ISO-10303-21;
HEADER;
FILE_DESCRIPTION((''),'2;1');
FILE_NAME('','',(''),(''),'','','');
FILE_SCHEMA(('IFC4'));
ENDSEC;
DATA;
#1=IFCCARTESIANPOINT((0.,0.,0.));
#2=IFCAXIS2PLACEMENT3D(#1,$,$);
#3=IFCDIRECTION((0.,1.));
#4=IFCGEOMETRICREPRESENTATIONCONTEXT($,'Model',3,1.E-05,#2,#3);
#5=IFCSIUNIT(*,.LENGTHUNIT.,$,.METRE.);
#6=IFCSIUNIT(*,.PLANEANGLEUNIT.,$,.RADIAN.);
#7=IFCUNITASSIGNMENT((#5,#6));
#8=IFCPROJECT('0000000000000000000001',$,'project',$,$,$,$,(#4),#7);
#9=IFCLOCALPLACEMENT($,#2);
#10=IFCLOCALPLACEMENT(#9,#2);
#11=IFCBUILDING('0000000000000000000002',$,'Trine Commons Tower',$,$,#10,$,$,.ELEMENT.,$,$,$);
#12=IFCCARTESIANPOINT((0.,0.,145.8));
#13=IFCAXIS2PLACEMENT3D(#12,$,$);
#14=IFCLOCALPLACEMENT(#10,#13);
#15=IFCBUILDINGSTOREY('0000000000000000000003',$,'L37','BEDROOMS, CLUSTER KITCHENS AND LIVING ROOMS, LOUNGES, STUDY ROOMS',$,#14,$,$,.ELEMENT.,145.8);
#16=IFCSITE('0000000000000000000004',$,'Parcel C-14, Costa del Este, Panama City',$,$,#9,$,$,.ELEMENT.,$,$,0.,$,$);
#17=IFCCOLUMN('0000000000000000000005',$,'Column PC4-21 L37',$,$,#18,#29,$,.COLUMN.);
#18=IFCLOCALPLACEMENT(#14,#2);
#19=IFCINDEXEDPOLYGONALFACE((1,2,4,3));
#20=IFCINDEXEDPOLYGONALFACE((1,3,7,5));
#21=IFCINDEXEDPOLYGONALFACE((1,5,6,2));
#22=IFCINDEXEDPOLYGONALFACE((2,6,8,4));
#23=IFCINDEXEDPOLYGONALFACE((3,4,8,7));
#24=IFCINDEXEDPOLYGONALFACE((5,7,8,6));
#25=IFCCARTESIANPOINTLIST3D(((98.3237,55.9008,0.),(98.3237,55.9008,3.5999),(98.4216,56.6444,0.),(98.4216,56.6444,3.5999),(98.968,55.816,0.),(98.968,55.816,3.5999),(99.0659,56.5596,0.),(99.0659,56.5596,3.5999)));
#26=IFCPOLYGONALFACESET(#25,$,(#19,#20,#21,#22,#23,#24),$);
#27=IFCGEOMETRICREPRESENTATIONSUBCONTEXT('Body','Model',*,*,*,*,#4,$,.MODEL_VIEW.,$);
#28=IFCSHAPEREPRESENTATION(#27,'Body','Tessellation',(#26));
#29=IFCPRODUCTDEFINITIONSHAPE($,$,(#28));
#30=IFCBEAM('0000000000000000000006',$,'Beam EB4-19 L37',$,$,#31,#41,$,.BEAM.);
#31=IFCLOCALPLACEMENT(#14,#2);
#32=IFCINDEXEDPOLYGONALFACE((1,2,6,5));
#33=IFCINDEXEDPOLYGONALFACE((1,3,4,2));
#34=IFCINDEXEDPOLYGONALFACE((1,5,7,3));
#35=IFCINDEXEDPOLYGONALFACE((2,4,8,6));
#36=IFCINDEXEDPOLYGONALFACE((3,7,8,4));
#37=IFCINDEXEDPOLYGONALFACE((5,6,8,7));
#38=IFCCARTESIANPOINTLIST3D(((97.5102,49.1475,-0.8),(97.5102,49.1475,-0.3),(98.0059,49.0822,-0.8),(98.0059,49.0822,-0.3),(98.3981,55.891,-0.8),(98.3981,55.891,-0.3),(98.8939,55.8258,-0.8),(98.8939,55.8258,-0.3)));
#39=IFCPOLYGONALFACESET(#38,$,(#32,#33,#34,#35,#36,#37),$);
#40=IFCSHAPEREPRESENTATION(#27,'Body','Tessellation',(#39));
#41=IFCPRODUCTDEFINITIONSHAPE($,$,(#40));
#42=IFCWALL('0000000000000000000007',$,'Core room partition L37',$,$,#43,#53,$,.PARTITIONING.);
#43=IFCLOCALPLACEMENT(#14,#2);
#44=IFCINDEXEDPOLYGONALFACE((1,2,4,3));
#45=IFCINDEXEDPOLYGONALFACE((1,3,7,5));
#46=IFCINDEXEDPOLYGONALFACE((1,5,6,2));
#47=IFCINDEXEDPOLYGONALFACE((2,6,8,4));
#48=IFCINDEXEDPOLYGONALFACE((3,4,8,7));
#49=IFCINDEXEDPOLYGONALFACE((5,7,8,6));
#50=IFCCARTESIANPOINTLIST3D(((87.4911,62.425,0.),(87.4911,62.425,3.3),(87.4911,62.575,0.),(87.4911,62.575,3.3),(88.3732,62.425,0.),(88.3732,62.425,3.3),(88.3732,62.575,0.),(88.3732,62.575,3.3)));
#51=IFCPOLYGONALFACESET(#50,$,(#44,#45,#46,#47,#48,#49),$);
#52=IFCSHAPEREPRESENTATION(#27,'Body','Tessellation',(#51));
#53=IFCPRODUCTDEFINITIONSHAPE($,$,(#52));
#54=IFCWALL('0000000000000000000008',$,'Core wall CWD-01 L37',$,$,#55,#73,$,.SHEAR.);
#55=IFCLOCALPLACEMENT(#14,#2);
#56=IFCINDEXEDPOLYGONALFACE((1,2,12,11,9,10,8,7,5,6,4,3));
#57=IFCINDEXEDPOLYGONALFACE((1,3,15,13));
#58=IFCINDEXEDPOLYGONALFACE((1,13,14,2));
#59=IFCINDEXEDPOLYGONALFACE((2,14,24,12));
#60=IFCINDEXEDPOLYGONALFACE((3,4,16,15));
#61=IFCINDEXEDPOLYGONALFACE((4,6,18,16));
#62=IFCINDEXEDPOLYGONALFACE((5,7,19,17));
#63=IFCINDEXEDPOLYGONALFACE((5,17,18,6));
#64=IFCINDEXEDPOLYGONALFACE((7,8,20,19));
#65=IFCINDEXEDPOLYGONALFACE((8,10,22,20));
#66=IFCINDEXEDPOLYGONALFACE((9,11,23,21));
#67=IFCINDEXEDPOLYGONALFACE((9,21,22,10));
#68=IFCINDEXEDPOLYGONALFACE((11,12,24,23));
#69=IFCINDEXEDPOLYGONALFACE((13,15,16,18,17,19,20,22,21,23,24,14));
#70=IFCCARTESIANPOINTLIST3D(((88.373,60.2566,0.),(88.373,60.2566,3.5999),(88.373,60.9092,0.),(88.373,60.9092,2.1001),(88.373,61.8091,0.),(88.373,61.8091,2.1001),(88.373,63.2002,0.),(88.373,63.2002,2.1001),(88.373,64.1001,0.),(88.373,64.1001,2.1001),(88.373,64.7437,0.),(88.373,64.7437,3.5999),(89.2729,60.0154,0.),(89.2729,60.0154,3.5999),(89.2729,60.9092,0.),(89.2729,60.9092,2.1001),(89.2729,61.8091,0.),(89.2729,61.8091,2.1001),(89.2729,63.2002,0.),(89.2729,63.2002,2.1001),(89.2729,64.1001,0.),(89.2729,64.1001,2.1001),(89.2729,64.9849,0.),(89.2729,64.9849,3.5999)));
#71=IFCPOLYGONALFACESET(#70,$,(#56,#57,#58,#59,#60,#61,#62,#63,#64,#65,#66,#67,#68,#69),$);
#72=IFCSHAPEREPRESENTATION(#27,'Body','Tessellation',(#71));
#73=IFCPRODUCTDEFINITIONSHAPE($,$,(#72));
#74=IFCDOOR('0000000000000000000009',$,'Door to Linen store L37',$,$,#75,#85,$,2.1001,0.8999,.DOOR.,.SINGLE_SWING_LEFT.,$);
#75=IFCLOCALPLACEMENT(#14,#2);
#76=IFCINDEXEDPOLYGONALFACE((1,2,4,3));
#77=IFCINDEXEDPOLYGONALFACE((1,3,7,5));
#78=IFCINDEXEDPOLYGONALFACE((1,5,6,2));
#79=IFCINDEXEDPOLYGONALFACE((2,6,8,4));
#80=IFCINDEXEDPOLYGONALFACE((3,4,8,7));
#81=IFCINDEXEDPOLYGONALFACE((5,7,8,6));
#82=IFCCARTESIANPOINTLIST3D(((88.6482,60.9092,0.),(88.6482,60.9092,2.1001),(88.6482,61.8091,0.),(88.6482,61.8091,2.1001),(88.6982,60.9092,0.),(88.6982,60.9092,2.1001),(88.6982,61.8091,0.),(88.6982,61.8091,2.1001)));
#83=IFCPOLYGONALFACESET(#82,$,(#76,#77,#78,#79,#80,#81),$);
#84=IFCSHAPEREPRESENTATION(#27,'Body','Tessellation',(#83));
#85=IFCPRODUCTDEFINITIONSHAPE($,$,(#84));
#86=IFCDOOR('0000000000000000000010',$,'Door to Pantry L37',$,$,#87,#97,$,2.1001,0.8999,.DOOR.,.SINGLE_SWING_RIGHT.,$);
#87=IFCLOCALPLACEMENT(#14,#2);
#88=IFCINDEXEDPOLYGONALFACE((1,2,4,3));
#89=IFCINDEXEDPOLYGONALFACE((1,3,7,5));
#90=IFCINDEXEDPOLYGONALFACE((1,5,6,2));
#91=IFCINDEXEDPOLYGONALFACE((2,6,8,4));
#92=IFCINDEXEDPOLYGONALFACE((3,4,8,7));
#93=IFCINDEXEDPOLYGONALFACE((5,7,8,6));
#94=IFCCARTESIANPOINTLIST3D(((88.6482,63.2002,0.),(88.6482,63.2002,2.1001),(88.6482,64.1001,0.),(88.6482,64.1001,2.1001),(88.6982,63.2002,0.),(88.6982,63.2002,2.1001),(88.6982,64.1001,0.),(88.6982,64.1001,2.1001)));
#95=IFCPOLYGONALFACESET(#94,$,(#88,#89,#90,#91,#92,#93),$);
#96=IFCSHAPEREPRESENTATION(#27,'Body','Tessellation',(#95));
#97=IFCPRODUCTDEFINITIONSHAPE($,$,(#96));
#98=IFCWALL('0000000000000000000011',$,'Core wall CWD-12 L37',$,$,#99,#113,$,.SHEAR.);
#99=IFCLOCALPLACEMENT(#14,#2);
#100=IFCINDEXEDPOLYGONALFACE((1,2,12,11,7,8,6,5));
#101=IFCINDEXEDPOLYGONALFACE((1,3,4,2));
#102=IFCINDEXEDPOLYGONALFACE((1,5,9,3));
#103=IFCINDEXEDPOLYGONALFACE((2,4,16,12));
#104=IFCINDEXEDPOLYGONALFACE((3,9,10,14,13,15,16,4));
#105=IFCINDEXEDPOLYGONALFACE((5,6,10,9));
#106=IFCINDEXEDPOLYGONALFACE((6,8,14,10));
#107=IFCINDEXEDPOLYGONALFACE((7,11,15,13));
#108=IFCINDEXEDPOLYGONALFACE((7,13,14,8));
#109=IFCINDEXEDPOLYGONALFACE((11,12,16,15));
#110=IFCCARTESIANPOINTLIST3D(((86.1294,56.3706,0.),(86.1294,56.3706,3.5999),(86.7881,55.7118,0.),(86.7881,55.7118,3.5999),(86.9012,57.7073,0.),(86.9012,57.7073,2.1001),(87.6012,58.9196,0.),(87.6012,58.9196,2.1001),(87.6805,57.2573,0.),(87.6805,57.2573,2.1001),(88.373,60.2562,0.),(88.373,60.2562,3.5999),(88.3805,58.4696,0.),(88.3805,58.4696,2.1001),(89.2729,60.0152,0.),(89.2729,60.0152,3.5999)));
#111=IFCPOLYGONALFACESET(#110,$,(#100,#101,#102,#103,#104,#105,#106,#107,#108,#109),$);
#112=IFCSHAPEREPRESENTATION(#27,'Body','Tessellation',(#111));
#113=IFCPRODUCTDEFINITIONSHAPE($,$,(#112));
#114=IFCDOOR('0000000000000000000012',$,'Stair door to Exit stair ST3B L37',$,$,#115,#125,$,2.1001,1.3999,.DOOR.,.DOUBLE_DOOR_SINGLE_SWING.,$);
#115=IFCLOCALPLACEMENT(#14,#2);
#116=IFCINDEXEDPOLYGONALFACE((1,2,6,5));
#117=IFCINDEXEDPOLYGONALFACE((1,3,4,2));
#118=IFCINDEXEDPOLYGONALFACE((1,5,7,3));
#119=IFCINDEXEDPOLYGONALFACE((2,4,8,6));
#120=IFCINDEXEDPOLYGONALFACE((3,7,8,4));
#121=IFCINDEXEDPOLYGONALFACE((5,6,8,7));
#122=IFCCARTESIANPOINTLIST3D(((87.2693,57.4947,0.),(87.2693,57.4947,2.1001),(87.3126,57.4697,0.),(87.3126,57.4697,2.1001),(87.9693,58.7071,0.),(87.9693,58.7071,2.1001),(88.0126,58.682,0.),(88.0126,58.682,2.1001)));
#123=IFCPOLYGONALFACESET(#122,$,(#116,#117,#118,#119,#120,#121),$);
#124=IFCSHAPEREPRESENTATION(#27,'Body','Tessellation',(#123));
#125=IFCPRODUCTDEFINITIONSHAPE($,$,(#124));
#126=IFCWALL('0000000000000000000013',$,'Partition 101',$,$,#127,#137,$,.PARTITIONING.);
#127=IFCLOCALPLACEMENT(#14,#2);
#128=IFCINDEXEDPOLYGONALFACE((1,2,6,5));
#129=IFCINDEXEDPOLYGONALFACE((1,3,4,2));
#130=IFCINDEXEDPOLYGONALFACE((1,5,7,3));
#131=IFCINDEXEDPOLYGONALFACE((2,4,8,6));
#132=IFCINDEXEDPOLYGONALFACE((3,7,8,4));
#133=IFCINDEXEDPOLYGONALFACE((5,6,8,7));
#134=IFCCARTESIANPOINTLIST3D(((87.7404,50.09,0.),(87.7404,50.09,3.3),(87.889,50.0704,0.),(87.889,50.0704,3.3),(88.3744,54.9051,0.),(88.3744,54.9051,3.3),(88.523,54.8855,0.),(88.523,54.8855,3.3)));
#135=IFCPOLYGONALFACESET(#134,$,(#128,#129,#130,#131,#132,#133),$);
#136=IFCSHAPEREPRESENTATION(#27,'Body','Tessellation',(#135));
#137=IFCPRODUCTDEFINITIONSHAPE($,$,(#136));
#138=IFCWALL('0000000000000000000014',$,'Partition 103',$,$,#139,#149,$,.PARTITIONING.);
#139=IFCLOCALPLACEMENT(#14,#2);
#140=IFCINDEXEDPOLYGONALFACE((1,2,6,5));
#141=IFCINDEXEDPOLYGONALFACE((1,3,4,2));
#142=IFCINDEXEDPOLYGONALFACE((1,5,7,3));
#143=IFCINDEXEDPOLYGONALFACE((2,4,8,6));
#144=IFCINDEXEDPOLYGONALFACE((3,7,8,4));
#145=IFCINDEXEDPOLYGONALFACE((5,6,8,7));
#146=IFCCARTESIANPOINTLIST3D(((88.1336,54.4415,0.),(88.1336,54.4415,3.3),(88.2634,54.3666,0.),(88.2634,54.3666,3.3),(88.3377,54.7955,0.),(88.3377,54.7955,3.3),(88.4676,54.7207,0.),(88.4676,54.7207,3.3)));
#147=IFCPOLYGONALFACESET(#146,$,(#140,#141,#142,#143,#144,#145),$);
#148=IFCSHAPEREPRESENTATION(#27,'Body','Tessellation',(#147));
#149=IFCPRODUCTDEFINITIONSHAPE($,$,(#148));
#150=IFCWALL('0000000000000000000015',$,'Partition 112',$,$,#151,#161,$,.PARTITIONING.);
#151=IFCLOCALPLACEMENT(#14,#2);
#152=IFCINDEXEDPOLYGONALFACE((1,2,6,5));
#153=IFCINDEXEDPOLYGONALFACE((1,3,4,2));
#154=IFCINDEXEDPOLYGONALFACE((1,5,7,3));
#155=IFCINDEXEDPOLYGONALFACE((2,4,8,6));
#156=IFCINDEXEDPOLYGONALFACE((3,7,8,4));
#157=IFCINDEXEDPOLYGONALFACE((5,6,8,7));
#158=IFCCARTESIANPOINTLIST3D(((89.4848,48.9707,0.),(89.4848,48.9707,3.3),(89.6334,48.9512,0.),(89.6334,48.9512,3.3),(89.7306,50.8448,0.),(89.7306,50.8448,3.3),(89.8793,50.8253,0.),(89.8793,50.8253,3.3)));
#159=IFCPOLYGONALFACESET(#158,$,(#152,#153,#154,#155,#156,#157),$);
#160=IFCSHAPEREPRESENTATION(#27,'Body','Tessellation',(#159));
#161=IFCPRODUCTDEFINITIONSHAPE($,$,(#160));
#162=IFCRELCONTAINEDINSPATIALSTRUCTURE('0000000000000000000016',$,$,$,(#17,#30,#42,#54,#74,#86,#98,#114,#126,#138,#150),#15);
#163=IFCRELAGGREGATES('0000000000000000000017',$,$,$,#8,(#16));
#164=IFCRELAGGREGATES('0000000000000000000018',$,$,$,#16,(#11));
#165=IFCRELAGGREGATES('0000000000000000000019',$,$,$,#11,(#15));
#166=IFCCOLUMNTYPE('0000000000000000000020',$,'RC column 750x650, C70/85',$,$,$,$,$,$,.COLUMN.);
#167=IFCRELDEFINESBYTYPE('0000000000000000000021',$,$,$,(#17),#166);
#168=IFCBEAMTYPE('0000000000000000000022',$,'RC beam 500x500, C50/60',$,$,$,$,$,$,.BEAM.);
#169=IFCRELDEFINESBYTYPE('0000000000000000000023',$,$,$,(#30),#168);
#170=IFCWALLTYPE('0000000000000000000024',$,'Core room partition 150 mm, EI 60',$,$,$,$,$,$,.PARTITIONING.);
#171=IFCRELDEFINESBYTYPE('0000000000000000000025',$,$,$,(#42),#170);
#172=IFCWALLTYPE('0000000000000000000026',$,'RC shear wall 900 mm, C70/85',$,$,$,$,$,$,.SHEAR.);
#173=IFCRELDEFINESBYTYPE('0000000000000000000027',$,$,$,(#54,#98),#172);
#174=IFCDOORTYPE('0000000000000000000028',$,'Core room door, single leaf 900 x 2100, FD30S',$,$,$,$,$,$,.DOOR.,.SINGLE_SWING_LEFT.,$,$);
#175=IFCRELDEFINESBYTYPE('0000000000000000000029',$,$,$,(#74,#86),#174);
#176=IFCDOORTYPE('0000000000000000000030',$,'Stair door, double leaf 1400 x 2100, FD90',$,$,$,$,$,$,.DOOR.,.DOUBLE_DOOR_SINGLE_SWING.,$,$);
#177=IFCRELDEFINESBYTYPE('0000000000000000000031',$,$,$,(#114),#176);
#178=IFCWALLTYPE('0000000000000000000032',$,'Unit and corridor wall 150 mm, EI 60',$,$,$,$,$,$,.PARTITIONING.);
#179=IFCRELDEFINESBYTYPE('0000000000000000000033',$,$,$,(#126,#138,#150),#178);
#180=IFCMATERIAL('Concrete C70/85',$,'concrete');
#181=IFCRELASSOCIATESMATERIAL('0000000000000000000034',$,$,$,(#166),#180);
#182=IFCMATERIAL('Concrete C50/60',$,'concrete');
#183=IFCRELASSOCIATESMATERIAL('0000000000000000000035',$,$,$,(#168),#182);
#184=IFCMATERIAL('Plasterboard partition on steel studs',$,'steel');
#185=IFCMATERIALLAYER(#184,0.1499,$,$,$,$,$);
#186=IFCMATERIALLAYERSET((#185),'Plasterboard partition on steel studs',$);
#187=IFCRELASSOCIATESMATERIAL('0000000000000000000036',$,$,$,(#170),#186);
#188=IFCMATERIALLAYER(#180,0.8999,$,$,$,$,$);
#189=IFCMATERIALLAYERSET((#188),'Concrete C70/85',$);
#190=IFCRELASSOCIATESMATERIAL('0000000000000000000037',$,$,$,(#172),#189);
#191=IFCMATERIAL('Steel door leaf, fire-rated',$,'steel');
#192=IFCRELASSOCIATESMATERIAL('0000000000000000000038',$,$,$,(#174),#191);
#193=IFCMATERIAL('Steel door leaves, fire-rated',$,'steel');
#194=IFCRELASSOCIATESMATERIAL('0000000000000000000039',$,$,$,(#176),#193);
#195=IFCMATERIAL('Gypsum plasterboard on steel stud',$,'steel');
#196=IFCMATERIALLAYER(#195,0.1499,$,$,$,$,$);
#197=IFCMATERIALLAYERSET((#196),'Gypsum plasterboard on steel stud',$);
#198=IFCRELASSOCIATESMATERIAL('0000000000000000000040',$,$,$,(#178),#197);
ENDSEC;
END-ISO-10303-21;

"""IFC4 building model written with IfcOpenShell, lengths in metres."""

from ifc_helpers import new_model, si_unit, direction, frame, frame_2d, origin, origin_2d, place, context, subcontext, project, spatial, polyline, rectangle, outline, extrude, material, layer, layer_set, material_profile, profile_set, type_object, element, fill, save


model = new_model("IFC4")

# Units and contexts
model_context = context("Model", 3, precision=1e-05, world=origin(), true_north=direction((0.0, 1.0)))
body_context = subcontext(model_context, "Body", "Model", "MODEL_VIEW")
ifc_project = project(units=[si_unit("LENGTHUNIT", "METRE"), si_unit("PLANEANGLEUNIT", "RADIAN")], contexts=[model_context])

# Site, building, storey
site_placement = place(None, origin())
site = spatial("IfcSite", under=ifc_project, at=site_placement, Name="Parcel C-14, Costa del Este, Panama City", CompositionType="ELEMENT", RefElevation=0.0)
building_placement = place(site_placement, origin())
building = spatial("IfcBuilding", under=site, at=building_placement, Name="Trine Commons Tower", CompositionType="ELEMENT")
storey_placement = place(building_placement, frame((0.0, 0.0, 145.8)))
storey = spatial("IfcBuildingStorey", under=building, at=storey_placement, Name="L37", Description="BEDROOMS, CLUSTER KITCHENS AND LIVING ROOMS, LOUNGES, STUDY ROOMS", CompositionType="ELEMENT", Elevation=145.8)

# Column
ifc_material_1 = material(Name="Concrete C70/85", Category="concrete")
ifc_material_profile_1 = material_profile(ifc_material_1, rectangle(XDim=0.75, YDim=0.6499, at=origin_2d()), Name="RC 750x650")
ifc_profile_set_1 = profile_set([ifc_material_profile_1], Name="Concrete C70/85")
column_type = type_object("IfcColumnType", Name="RC column 750x650, C70/85", PredefinedType="COLUMN", material=ifc_profile_set_1)
column_placement = place(storey_placement, frame((98.6948, 56.2302, 0.0), z_axis=(0.0, 0.0, 1.0), x_axis=(0.130526, 0.991445, 0.0)))
element("IfcColumn", 1, at=column_placement, inside=storey, type_object=column_type, Name="Column PC4-21 L37", PredefinedType="COLUMN", context=body_context, shape_type="SweptSolid", body=[
    extrude(rectangle(XDim=0.75, YDim=0.6499, at=origin_2d()), origin(), (0.0, 0.0, 1.0), 3.5999),
])

# Beam
ifc_material_2 = material(Name="Concrete C50/60", Category="concrete")
ifc_material_profile_2 = material_profile(ifc_material_2, rectangle(XDim=0.5, YDim=0.5, at=origin_2d()), Name="RC 500x500")
ifc_profile_set_2 = profile_set([ifc_material_profile_2], Name="Concrete C50/60")
beam_type = type_object("IfcBeamType", Name="RC beam 500x500, C50/60", PredefinedType="BEAM", material=ifc_profile_set_2)
beam_placement = place(storey_placement, frame((98.646, 55.8584, -0.55), z_axis=(-0.130544, -0.991443, 0.0), x_axis=(0.991443, -0.130544, 0.0)))
element("IfcBeam", 2, at=beam_placement, inside=storey, type_object=beam_type, Name="Beam EB4-19 L37", PredefinedType="BEAM", context=body_context, shape_type="SweptSolid", body=[
    extrude(rectangle(XDim=0.5, YDim=0.5, at=origin_2d()), origin(), (0.0, 0.0, 1.0), 6.8018),
])

# Wall
ifc_material_3 = material(Name="Plasterboard partition on steel studs", Category="steel")
ifc_layer_1 = layer(ifc_material_3, 0.1499)
ifc_layer_set_1 = layer_set([ifc_layer_1], Name="Plasterboard partition on steel studs")
wall_type_1 = type_object("IfcWallType", Name="Core room partition 150 mm, EI 60", PredefinedType="PARTITIONING", material=ifc_layer_set_1)
wall_1_placement = place(storey_placement, frame((88.373, 62.5, 0.0), z_axis=(0.0, 0.0, 1.0), x_axis=(-1.0, 0.0, 0.0)))
element("IfcWall", 3, at=wall_1_placement, inside=storey, type_object=wall_type_1, Name="Core room partition L37", PredefinedType="PARTITIONING", context=body_context, shape_type="SweptSolid", body=[
    extrude(rectangle(XDim=0.8821, YDim=0.1499, at=frame_2d((0.4409, 0.0))), origin(), (0.0, 0.0, 1.0), 3.3),
])

# Wall, openings, doors
ifc_layer_2 = layer(ifc_material_1, 0.8999)
ifc_layer_set_2 = layer_set([ifc_layer_2], Name="Concrete C70/85")
wall_type_2 = type_object("IfcWallType", Name="RC shear wall 900 mm, C70/85", PredefinedType="SHEAR", material=ifc_layer_set_2)
wall_2_placement = place(storey_placement, frame((88.823, 60.0154, 0.0), z_axis=(0.0, 0.0, 1.0), x_axis=(0.0, 1.0, 0.0)))
wall_2 = element("IfcWall", 4, at=wall_2_placement, inside=storey, type_object=wall_type_2, Name="Core wall CWD-01 L37", PredefinedType="SHEAR", context=body_context, shape_type="SweptSolid", body=[
    extrude(outline(polyline([(0.0, -0.45), (4.9695, -0.45), (4.7283, 0.45), (0.2412, 0.45), (0.0, -0.45)])), origin(), (0.0, 0.0, 1.0), 3.5999),
])
opening_1_placement = place(wall_2_placement, frame((0.8938, 0.0, 0.0)))
opening_1 = element("IfcOpeningElement", 5, at=opening_1_placement, cuts=wall_2, PredefinedType="OPENING", context=body_context, shape_type="SweptSolid", body=[
    extrude(rectangle(XDim=0.8999, YDim=2.1001, at=frame_2d((0.45, 1.05))), frame((0.0, 0.46, 0.0), z_axis=(0.0, -1.0, 0.0), x_axis=(1.0, 0.0, 0.0)), (0.0, 0.0, 1.0), 0.9199),
])
opening_2_placement = place(wall_2_placement, frame((3.1848, 0.0, 0.0)))
opening_2 = element("IfcOpeningElement", 6, at=opening_2_placement, cuts=wall_2, PredefinedType="OPENING", context=body_context, shape_type="SweptSolid", body=[
    extrude(rectangle(XDim=0.8999, YDim=2.1001, at=frame_2d((0.45, 1.05))), frame((0.0, 0.46, 0.0), z_axis=(0.0, -1.0, 0.0), x_axis=(1.0, 0.0, 0.0)), (0.0, 0.0, 1.0), 0.9199),
])
ifc_material_4 = material(Name="Steel door leaf, fire-rated", Category="steel")
door_type_1 = type_object("IfcDoorType", Name="Core room door, single leaf 900 x 2100, FD30S", OperationType="SINGLE_SWING_LEFT", PredefinedType="DOOR", material=ifc_material_4)
door_1_placement = place(opening_1_placement, origin())
door_1 = element("IfcDoor", 7, at=door_1_placement, inside=storey, type_object=door_type_1, Name="Door to Linen store L37", OperationType="SINGLE_SWING_LEFT", OverallHeight=2.1001, OverallWidth=0.8999, PredefinedType="DOOR", context=body_context, shape_type="SweptSolid", body=[
    extrude(rectangle(XDim=0.8999, YDim=2.1001, at=frame_2d((0.45, 1.05))), frame((0.0, 0.1748, 0.0), z_axis=(0.0, -1.0, 0.0), x_axis=(1.0, 0.0, 0.0)), (0.0, 0.0, 1.0), 0.05),
])
fill(opening_1, door_1)
door_2_placement = place(opening_2_placement, origin())
door_2 = element("IfcDoor", 8, at=door_2_placement, inside=storey, type_object=door_type_1, Name="Door to Pantry L37", OperationType="SINGLE_SWING_RIGHT", OverallHeight=2.1001, OverallWidth=0.8999, PredefinedType="DOOR", context=body_context, shape_type="SweptSolid", body=[
    extrude(rectangle(XDim=0.8999, YDim=2.1001, at=frame_2d((0.45, 1.05))), frame((0.0, 0.1748, 0.0), z_axis=(0.0, -1.0, 0.0), x_axis=(1.0, 0.0, 0.0)), (0.0, 0.0, 1.0), 0.05),
])
fill(opening_2, door_2)

# Wall, opening, door
wall_3_placement = place(storey_placement, frame((86.3984, 55.9368, 0.0), z_axis=(0.0, 0.0, 1.0), x_axis=(0.500039, 0.866003, 0.0)))
wall_3 = element("IfcWall", 9, at=wall_3_placement, inside=storey, type_object=wall_type_2, Name="Core wall CWD-12 L37", PredefinedType="SHEAR", context=body_context, shape_type="SweptSolid", body=[
    extrude(outline(polyline([(0.0, -0.45), (4.9692, -0.45), (4.728, 0.45), (0.2412, 0.45), (0.0, -0.45)])), origin(), (0.0, 0.0, 1.0), 3.5999),
])
opening_3_placement = place(wall_3_placement, frame((1.7847, 0.0, 0.0)))
opening_3 = element("IfcOpeningElement", 10, at=opening_3_placement, cuts=wall_3, PredefinedType="OPENING", context=body_context, shape_type="SweptSolid", body=[
    extrude(rectangle(XDim=1.3999, YDim=2.1001, at=frame_2d((0.7, 1.05))), frame((0.0, 0.46, 0.0), z_axis=(0.0, -1.0, 0.0), x_axis=(1.0, 0.0, 0.0)), (0.0, 0.0, 1.0), 0.9199),
])
ifc_material_5 = material(Name="Steel door leaves, fire-rated", Category="steel")
door_type_2 = type_object("IfcDoorType", Name="Stair door, double leaf 1400 x 2100, FD90", OperationType="DOUBLE_DOOR_SINGLE_SWING", PredefinedType="DOOR", material=ifc_material_5)
door_3_placement = place(opening_3_placement, origin())
door_3 = element("IfcDoor", 11, at=door_3_placement, inside=storey, type_object=door_type_2, Name="Stair door to Exit stair ST3B L37", OperationType="DOUBLE_DOOR_SINGLE_SWING", OverallHeight=2.1001, OverallWidth=1.3999, PredefinedType="DOOR", context=body_context, shape_type="SweptSolid", body=[
    extrude(rectangle(XDim=1.3999, YDim=2.1001, at=frame_2d((0.7, 1.05))), frame((0.0, 0.0249, 0.0), z_axis=(0.0, -1.0, 0.0), x_axis=(1.0, 0.0, 0.0)), (0.0, 0.0, 1.0), 0.05),
])
fill(opening_3, door_3)

# Walls
ifc_material_6 = material(Name="Gypsum plasterboard on steel stud", Category="steel")
ifc_layer_3 = layer(ifc_material_6, 0.1499)
ifc_layer_set_3 = layer_set([ifc_layer_3], Name="Gypsum plasterboard on steel stud")
wall_type_3 = type_object("IfcWallType", Name="Unit and corridor wall 150 mm, EI 60", PredefinedType="PARTITIONING", material=ifc_layer_set_3)
wall_4_placement = place(storey_placement, frame((87.8147, 50.0803, 0.0), z_axis=(0.0, 0.0, 1.0), x_axis=(0.130547, 0.991442, 0.0)))
element("IfcWall", 12, at=wall_4_placement, inside=storey, type_object=wall_type_3, Name="Partition 101", PredefinedType="PARTITIONING", context=body_context, shape_type="SweptSolid", body=[
    extrude(rectangle(XDim=4.8567, YDim=0.1499, at=frame_2d((2.4282, 0.0))), origin(), (0.0, 0.0, 1.0), 3.3),
])
wall_5_placement = place(storey_placement, frame((88.1985, 54.4041, 0.0), z_axis=(0.0, 0.0, 1.0), x_axis=(0.499481, 0.866325, 0.0)))
element("IfcWall", 13, at=wall_5_placement, inside=storey, type_object=wall_type_3, Name="Partition 103", PredefinedType="PARTITIONING", context=body_context, shape_type="SweptSolid", body=[
    extrude(rectangle(XDim=0.4087, YDim=0.1499, at=frame_2d((0.2043, 0.0))), origin(), (0.0, 0.0, 1.0), 3.3),
])
wall_6_placement = place(storey_placement, frame((89.5591, 48.9609, 0.0), z_axis=(0.0, 0.0, 1.0), x_axis=(0.130074, 0.991504, 0.0)))
element("IfcWall", 14, at=wall_6_placement, inside=storey, type_object=wall_type_3, Name="Partition 112", PredefinedType="PARTITIONING", context=body_context, shape_type="SweptSolid", body=[
    extrude(rectangle(XDim=1.8901, YDim=0.1499, at=frame_2d((0.9451, 0.0))), origin(), (0.0, 0.0, 1.0), 3.3),
])

save(model, "model.ifc")
